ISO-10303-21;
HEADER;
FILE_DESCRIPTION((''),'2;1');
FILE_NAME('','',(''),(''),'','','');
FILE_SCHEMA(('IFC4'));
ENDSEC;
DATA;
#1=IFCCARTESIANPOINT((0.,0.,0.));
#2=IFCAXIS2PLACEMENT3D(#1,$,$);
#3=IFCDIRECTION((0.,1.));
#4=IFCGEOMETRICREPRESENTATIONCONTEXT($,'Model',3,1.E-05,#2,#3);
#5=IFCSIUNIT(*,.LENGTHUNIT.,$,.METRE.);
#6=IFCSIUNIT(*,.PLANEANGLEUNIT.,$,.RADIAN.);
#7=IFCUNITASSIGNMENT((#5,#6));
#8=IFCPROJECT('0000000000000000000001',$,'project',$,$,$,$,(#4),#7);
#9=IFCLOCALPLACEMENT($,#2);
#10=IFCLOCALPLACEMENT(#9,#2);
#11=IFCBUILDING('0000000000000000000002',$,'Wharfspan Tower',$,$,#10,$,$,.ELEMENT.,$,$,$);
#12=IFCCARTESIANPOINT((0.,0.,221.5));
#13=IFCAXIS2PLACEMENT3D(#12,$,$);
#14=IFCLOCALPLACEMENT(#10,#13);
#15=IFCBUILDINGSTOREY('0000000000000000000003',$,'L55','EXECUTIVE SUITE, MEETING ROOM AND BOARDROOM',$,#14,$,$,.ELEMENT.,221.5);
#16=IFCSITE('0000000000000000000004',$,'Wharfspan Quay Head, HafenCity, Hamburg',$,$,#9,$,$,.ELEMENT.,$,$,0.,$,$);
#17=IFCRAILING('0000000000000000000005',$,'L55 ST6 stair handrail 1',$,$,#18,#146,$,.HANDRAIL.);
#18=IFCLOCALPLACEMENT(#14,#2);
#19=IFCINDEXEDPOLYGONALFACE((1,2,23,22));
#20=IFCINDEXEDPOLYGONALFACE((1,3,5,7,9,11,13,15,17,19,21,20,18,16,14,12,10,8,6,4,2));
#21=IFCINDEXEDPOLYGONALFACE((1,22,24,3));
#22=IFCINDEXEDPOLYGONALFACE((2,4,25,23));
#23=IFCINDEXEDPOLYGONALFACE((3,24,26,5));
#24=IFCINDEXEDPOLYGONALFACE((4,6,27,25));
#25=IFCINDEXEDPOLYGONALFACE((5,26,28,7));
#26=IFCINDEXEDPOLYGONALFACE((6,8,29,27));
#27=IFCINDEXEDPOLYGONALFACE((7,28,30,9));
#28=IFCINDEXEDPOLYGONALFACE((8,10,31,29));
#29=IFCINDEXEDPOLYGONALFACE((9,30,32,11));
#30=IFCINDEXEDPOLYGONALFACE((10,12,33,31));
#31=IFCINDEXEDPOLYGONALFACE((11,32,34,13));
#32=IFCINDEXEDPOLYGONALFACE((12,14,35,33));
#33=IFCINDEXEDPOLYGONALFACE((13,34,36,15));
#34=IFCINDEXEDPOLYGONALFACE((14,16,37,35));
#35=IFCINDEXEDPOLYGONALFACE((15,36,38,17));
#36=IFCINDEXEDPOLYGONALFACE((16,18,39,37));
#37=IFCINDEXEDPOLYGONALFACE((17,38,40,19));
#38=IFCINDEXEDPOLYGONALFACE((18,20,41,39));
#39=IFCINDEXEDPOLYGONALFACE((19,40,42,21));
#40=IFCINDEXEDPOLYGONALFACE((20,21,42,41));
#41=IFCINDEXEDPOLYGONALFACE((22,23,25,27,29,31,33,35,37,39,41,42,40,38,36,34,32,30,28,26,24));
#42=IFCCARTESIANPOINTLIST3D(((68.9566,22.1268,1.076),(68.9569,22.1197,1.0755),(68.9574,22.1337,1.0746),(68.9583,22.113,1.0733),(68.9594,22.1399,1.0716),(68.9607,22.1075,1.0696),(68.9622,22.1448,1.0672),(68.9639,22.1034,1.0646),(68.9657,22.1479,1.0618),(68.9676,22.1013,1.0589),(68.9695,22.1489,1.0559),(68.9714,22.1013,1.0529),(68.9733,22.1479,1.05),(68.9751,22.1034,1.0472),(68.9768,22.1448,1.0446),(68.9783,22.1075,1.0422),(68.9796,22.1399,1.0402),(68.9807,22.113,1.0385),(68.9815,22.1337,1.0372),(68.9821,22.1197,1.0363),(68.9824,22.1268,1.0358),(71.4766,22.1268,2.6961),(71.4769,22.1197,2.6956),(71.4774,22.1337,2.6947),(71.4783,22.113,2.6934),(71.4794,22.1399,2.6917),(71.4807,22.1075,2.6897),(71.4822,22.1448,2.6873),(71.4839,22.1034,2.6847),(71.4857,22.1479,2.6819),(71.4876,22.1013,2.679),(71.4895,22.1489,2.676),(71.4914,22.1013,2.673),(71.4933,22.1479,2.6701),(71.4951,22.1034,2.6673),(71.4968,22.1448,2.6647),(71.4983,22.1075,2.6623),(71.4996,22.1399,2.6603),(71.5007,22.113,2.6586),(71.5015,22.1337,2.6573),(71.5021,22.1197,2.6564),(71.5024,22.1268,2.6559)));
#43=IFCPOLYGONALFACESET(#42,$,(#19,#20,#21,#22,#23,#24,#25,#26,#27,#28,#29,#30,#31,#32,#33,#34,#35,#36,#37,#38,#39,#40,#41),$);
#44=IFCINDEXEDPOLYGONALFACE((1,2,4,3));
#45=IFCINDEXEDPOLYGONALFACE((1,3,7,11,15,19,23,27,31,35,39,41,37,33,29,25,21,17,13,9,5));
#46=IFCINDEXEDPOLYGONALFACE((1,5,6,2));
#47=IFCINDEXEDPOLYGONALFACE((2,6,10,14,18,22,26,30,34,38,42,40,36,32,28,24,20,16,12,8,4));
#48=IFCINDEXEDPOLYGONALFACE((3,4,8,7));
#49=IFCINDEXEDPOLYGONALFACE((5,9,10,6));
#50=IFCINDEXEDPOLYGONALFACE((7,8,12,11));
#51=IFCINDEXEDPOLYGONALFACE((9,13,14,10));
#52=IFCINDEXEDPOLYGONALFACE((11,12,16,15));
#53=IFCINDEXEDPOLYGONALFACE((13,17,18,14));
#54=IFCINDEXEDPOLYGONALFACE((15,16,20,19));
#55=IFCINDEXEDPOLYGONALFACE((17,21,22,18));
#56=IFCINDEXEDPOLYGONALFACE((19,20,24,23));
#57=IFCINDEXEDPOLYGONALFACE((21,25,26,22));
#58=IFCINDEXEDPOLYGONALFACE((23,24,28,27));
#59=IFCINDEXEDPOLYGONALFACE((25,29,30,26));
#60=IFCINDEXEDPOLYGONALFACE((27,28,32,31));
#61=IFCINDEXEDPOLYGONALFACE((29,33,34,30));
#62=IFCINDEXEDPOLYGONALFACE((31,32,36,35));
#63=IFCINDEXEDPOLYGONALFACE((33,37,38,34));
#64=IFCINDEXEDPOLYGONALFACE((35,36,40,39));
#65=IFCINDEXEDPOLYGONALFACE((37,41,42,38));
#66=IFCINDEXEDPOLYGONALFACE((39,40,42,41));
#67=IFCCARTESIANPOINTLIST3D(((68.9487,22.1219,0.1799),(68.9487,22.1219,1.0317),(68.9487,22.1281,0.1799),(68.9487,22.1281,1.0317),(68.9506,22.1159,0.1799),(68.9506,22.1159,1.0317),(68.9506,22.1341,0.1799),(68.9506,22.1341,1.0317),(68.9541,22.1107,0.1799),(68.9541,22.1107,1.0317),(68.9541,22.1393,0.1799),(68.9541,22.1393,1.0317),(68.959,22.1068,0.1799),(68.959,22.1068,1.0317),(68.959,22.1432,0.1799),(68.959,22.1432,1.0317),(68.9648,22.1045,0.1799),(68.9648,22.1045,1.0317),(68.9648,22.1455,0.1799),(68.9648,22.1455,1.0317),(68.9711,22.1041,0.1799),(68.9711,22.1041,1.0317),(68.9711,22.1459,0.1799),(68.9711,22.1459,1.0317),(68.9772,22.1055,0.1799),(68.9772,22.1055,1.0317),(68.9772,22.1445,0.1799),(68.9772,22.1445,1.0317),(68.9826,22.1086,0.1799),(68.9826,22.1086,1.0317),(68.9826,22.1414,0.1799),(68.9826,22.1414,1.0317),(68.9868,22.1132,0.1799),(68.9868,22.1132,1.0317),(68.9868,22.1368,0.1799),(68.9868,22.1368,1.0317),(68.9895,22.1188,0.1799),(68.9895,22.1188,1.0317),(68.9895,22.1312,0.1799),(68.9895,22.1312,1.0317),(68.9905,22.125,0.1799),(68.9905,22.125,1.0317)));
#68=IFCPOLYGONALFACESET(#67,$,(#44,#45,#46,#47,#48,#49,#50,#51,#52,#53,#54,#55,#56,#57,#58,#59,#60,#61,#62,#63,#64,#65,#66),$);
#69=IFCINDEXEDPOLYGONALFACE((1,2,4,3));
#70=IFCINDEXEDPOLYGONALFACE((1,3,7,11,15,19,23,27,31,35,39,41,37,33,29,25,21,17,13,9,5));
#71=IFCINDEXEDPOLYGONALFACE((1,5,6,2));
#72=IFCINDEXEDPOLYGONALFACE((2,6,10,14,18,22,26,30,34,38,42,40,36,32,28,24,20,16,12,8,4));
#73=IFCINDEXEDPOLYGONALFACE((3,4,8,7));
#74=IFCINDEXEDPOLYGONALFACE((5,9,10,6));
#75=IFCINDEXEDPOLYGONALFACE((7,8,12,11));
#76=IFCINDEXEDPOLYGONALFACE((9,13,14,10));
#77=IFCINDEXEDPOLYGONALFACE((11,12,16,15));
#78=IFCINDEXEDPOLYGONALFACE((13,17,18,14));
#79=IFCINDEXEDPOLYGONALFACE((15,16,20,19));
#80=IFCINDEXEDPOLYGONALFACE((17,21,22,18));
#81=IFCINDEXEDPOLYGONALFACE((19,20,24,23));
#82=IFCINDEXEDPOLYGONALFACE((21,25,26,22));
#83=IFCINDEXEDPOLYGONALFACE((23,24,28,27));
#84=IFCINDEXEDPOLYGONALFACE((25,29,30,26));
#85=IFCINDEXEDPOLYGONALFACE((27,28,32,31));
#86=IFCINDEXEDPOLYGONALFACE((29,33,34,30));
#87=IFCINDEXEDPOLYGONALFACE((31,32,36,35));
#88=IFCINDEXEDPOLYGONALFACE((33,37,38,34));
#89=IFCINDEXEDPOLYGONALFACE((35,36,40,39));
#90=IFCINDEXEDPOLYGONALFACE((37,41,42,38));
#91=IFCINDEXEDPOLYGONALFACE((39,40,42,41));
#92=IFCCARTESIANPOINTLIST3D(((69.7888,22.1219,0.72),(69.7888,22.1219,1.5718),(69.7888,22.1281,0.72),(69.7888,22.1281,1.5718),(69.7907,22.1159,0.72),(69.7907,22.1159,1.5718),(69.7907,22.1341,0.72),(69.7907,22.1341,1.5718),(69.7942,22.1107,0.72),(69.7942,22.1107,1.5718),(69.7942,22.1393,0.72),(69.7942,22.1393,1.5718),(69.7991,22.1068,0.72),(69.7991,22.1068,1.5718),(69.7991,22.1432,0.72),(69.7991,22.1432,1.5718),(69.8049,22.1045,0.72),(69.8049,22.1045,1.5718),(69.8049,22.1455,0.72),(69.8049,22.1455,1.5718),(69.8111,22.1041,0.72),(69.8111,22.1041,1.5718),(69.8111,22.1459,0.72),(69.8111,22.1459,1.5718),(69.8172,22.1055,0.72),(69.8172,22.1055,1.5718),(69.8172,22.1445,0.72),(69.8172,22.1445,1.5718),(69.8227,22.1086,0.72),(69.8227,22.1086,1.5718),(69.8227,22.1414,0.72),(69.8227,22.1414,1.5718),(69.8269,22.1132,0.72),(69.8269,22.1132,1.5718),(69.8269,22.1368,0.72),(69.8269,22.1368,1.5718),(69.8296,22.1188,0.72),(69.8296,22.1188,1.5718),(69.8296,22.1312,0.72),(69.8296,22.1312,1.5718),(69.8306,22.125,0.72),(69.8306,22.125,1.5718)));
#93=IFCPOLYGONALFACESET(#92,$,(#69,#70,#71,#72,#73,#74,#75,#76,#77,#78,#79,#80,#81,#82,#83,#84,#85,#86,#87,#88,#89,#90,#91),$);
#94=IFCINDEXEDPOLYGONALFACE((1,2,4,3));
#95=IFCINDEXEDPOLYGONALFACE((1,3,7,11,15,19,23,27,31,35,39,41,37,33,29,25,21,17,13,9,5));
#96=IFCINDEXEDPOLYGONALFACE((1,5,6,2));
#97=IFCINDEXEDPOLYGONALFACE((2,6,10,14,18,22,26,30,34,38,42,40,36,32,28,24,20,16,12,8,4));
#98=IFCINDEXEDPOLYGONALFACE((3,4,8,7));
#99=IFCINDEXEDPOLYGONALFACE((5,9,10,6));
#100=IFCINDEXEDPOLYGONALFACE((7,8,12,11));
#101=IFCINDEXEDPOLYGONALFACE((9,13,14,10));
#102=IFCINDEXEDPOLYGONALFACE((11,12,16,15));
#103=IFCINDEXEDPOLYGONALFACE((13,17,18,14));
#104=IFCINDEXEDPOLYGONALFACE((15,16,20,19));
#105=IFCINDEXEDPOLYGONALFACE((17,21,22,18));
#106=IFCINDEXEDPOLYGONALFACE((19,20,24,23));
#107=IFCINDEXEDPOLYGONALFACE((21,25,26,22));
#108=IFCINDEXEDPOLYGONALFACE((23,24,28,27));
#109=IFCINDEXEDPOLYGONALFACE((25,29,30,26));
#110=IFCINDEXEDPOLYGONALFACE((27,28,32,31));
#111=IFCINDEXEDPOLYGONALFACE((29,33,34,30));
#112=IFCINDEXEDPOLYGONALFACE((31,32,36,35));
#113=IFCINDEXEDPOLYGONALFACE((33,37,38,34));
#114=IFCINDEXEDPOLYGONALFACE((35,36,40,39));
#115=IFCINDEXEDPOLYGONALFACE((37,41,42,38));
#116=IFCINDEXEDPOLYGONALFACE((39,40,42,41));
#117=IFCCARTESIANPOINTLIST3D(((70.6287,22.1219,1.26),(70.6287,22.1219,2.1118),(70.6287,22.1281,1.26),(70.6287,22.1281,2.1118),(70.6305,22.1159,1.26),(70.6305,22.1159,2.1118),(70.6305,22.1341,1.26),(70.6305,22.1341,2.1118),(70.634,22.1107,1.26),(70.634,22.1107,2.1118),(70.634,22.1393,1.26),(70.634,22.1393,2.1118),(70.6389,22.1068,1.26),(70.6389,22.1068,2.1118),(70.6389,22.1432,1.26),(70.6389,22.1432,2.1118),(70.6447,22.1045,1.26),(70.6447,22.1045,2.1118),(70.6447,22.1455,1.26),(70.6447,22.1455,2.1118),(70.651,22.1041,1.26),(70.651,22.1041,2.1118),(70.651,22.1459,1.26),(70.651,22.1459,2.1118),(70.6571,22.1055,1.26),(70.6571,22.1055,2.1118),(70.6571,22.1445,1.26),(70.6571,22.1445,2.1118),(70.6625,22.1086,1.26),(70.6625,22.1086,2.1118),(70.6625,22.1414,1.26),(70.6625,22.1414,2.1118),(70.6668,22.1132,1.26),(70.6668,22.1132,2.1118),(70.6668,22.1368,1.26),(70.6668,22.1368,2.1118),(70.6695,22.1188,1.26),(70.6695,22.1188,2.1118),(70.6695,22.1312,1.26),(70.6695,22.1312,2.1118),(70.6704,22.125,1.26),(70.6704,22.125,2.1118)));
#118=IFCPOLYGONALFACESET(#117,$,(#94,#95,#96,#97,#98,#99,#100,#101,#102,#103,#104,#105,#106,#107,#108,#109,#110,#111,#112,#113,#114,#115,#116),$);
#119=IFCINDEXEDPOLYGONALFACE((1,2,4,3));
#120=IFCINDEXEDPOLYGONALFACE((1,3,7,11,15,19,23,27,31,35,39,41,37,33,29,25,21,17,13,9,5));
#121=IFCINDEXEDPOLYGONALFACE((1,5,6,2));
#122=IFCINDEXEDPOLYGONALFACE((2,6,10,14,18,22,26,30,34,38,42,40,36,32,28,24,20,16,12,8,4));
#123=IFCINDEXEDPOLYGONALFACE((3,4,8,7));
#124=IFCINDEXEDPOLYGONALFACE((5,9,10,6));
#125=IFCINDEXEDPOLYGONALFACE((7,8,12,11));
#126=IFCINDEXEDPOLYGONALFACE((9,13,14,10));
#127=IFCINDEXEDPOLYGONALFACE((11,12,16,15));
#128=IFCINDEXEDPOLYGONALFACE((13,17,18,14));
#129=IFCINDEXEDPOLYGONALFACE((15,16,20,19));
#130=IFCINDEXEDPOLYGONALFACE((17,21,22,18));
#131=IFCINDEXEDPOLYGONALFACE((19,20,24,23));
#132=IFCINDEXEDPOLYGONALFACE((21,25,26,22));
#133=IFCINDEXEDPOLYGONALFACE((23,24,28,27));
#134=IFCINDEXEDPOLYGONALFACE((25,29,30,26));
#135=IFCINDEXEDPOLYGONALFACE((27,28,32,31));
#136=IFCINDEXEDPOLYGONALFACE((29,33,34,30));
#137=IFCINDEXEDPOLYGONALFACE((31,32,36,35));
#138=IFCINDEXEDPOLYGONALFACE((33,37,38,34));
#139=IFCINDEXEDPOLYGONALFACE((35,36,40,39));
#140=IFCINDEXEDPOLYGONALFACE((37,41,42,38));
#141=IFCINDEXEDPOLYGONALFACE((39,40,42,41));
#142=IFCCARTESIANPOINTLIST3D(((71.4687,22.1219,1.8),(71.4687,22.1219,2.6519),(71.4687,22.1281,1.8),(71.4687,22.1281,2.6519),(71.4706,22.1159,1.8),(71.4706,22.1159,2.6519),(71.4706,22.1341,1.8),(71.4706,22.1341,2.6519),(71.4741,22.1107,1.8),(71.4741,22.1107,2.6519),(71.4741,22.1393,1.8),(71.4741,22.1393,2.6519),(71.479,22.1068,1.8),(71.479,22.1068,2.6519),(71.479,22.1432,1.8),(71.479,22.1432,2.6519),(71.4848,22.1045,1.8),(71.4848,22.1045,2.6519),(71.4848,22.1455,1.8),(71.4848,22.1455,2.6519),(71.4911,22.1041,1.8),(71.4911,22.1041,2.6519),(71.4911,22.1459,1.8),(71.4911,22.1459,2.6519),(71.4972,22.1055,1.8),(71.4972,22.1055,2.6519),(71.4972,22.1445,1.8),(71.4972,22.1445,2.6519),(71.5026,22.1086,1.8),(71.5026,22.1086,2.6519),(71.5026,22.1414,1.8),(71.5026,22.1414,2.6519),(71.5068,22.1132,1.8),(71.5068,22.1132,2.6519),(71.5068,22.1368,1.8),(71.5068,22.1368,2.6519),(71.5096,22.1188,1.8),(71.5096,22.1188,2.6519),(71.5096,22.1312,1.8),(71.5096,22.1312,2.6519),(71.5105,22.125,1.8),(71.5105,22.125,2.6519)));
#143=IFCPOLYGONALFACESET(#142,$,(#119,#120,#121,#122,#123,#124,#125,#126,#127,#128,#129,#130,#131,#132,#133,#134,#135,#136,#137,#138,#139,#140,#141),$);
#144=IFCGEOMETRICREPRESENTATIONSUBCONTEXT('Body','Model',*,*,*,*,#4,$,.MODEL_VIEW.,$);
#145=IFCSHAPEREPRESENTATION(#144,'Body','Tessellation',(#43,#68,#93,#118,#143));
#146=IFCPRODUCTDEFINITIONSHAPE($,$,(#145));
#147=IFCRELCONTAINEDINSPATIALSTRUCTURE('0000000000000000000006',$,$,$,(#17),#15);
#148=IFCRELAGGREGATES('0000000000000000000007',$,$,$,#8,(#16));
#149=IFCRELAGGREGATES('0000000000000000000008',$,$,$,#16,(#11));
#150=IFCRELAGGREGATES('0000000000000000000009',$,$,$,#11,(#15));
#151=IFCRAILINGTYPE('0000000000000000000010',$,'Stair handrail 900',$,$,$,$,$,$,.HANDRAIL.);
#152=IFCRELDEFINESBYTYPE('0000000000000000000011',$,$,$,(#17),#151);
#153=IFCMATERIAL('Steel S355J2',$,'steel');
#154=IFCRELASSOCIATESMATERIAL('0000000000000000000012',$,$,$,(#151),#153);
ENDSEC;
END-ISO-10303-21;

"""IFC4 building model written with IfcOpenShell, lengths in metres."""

from ifc_helpers import new_model, si_unit, direction, frame, origin, origin_2d, place, context, subcontext, project, spatial, circle, extrude, material, type_object, element, save


model = new_model("IFC4")

# Units and contexts
model_context = context("Model", 3, precision=1e-05, world=origin(), true_north=direction((0.0, 1.0)))
body_context = subcontext(model_context, "Body", "Model", "MODEL_VIEW")
ifc_project = project(units=[si_unit("LENGTHUNIT", "METRE"), si_unit("PLANEANGLEUNIT", "RADIAN")], contexts=[model_context])

# Site, building, storey
site_placement = place(None, origin())
site = spatial("IfcSite", under=ifc_project, at=site_placement, Name="Wharfspan Quay Head, HafenCity, Hamburg", CompositionType="ELEMENT", RefElevation=0.0)
building_placement = place(site_placement, origin())
building = spatial("IfcBuilding", under=site, at=building_placement, Name="Wharfspan Tower", CompositionType="ELEMENT")
storey_placement = place(building_placement, frame((0.0, 0.0, 221.5)))
storey = spatial("IfcBuildingStorey", under=building, at=storey_placement, Name="L55", Description="EXECUTIVE SUITE, MEETING ROOM AND BOARDROOM", CompositionType="ELEMENT", Elevation=221.5)

# Railing
ifc_material_1 = material(Name="Steel S355J2", Category="steel")
railing_type_1 = type_object("IfcRailingType", Name="Stair handrail 900", PredefinedType="HANDRAIL", material=ifc_material_1)
railing_1_placement = place(storey_placement, frame((68.9695, 22.125, 0.1799)))
element("IfcRailing", 1, at=railing_1_placement, inside=storey, type_object=railing_type_1, Name="L55 ST6 stair handrail 1", PredefinedType="HANDRAIL", context=body_context, shape_type="SweptSolid", body=[
    extrude(circle(Radius=0.0239, at=origin_2d()), frame((0.0, 0.0, 0.876), z_axis=(0.841163, 0.0, 0.540782), x_axis=(0.0, 1.0, 0.0)), (0.0, 0.0, 1.0), 2.9958),
    extrude(circle(Radius=0.021, at=origin_2d()), origin(), (0.0, 0.0, 1.0), 0.8518),
    extrude(circle(Radius=0.021, at=origin_2d()), frame((0.8401, 0.0, 0.54)), (0.0, 0.0, 1.0), 0.8518),
    extrude(circle(Radius=0.021, at=origin_2d()), frame((1.6799, 0.0, 1.0801)), (0.0, 0.0, 1.0), 0.8518),
    extrude(circle(Radius=0.021, at=origin_2d()), frame((2.52, 0.0, 1.6201)), (0.0, 0.0, 1.0), 0.8518),
])

save(model, "model.ifc")
